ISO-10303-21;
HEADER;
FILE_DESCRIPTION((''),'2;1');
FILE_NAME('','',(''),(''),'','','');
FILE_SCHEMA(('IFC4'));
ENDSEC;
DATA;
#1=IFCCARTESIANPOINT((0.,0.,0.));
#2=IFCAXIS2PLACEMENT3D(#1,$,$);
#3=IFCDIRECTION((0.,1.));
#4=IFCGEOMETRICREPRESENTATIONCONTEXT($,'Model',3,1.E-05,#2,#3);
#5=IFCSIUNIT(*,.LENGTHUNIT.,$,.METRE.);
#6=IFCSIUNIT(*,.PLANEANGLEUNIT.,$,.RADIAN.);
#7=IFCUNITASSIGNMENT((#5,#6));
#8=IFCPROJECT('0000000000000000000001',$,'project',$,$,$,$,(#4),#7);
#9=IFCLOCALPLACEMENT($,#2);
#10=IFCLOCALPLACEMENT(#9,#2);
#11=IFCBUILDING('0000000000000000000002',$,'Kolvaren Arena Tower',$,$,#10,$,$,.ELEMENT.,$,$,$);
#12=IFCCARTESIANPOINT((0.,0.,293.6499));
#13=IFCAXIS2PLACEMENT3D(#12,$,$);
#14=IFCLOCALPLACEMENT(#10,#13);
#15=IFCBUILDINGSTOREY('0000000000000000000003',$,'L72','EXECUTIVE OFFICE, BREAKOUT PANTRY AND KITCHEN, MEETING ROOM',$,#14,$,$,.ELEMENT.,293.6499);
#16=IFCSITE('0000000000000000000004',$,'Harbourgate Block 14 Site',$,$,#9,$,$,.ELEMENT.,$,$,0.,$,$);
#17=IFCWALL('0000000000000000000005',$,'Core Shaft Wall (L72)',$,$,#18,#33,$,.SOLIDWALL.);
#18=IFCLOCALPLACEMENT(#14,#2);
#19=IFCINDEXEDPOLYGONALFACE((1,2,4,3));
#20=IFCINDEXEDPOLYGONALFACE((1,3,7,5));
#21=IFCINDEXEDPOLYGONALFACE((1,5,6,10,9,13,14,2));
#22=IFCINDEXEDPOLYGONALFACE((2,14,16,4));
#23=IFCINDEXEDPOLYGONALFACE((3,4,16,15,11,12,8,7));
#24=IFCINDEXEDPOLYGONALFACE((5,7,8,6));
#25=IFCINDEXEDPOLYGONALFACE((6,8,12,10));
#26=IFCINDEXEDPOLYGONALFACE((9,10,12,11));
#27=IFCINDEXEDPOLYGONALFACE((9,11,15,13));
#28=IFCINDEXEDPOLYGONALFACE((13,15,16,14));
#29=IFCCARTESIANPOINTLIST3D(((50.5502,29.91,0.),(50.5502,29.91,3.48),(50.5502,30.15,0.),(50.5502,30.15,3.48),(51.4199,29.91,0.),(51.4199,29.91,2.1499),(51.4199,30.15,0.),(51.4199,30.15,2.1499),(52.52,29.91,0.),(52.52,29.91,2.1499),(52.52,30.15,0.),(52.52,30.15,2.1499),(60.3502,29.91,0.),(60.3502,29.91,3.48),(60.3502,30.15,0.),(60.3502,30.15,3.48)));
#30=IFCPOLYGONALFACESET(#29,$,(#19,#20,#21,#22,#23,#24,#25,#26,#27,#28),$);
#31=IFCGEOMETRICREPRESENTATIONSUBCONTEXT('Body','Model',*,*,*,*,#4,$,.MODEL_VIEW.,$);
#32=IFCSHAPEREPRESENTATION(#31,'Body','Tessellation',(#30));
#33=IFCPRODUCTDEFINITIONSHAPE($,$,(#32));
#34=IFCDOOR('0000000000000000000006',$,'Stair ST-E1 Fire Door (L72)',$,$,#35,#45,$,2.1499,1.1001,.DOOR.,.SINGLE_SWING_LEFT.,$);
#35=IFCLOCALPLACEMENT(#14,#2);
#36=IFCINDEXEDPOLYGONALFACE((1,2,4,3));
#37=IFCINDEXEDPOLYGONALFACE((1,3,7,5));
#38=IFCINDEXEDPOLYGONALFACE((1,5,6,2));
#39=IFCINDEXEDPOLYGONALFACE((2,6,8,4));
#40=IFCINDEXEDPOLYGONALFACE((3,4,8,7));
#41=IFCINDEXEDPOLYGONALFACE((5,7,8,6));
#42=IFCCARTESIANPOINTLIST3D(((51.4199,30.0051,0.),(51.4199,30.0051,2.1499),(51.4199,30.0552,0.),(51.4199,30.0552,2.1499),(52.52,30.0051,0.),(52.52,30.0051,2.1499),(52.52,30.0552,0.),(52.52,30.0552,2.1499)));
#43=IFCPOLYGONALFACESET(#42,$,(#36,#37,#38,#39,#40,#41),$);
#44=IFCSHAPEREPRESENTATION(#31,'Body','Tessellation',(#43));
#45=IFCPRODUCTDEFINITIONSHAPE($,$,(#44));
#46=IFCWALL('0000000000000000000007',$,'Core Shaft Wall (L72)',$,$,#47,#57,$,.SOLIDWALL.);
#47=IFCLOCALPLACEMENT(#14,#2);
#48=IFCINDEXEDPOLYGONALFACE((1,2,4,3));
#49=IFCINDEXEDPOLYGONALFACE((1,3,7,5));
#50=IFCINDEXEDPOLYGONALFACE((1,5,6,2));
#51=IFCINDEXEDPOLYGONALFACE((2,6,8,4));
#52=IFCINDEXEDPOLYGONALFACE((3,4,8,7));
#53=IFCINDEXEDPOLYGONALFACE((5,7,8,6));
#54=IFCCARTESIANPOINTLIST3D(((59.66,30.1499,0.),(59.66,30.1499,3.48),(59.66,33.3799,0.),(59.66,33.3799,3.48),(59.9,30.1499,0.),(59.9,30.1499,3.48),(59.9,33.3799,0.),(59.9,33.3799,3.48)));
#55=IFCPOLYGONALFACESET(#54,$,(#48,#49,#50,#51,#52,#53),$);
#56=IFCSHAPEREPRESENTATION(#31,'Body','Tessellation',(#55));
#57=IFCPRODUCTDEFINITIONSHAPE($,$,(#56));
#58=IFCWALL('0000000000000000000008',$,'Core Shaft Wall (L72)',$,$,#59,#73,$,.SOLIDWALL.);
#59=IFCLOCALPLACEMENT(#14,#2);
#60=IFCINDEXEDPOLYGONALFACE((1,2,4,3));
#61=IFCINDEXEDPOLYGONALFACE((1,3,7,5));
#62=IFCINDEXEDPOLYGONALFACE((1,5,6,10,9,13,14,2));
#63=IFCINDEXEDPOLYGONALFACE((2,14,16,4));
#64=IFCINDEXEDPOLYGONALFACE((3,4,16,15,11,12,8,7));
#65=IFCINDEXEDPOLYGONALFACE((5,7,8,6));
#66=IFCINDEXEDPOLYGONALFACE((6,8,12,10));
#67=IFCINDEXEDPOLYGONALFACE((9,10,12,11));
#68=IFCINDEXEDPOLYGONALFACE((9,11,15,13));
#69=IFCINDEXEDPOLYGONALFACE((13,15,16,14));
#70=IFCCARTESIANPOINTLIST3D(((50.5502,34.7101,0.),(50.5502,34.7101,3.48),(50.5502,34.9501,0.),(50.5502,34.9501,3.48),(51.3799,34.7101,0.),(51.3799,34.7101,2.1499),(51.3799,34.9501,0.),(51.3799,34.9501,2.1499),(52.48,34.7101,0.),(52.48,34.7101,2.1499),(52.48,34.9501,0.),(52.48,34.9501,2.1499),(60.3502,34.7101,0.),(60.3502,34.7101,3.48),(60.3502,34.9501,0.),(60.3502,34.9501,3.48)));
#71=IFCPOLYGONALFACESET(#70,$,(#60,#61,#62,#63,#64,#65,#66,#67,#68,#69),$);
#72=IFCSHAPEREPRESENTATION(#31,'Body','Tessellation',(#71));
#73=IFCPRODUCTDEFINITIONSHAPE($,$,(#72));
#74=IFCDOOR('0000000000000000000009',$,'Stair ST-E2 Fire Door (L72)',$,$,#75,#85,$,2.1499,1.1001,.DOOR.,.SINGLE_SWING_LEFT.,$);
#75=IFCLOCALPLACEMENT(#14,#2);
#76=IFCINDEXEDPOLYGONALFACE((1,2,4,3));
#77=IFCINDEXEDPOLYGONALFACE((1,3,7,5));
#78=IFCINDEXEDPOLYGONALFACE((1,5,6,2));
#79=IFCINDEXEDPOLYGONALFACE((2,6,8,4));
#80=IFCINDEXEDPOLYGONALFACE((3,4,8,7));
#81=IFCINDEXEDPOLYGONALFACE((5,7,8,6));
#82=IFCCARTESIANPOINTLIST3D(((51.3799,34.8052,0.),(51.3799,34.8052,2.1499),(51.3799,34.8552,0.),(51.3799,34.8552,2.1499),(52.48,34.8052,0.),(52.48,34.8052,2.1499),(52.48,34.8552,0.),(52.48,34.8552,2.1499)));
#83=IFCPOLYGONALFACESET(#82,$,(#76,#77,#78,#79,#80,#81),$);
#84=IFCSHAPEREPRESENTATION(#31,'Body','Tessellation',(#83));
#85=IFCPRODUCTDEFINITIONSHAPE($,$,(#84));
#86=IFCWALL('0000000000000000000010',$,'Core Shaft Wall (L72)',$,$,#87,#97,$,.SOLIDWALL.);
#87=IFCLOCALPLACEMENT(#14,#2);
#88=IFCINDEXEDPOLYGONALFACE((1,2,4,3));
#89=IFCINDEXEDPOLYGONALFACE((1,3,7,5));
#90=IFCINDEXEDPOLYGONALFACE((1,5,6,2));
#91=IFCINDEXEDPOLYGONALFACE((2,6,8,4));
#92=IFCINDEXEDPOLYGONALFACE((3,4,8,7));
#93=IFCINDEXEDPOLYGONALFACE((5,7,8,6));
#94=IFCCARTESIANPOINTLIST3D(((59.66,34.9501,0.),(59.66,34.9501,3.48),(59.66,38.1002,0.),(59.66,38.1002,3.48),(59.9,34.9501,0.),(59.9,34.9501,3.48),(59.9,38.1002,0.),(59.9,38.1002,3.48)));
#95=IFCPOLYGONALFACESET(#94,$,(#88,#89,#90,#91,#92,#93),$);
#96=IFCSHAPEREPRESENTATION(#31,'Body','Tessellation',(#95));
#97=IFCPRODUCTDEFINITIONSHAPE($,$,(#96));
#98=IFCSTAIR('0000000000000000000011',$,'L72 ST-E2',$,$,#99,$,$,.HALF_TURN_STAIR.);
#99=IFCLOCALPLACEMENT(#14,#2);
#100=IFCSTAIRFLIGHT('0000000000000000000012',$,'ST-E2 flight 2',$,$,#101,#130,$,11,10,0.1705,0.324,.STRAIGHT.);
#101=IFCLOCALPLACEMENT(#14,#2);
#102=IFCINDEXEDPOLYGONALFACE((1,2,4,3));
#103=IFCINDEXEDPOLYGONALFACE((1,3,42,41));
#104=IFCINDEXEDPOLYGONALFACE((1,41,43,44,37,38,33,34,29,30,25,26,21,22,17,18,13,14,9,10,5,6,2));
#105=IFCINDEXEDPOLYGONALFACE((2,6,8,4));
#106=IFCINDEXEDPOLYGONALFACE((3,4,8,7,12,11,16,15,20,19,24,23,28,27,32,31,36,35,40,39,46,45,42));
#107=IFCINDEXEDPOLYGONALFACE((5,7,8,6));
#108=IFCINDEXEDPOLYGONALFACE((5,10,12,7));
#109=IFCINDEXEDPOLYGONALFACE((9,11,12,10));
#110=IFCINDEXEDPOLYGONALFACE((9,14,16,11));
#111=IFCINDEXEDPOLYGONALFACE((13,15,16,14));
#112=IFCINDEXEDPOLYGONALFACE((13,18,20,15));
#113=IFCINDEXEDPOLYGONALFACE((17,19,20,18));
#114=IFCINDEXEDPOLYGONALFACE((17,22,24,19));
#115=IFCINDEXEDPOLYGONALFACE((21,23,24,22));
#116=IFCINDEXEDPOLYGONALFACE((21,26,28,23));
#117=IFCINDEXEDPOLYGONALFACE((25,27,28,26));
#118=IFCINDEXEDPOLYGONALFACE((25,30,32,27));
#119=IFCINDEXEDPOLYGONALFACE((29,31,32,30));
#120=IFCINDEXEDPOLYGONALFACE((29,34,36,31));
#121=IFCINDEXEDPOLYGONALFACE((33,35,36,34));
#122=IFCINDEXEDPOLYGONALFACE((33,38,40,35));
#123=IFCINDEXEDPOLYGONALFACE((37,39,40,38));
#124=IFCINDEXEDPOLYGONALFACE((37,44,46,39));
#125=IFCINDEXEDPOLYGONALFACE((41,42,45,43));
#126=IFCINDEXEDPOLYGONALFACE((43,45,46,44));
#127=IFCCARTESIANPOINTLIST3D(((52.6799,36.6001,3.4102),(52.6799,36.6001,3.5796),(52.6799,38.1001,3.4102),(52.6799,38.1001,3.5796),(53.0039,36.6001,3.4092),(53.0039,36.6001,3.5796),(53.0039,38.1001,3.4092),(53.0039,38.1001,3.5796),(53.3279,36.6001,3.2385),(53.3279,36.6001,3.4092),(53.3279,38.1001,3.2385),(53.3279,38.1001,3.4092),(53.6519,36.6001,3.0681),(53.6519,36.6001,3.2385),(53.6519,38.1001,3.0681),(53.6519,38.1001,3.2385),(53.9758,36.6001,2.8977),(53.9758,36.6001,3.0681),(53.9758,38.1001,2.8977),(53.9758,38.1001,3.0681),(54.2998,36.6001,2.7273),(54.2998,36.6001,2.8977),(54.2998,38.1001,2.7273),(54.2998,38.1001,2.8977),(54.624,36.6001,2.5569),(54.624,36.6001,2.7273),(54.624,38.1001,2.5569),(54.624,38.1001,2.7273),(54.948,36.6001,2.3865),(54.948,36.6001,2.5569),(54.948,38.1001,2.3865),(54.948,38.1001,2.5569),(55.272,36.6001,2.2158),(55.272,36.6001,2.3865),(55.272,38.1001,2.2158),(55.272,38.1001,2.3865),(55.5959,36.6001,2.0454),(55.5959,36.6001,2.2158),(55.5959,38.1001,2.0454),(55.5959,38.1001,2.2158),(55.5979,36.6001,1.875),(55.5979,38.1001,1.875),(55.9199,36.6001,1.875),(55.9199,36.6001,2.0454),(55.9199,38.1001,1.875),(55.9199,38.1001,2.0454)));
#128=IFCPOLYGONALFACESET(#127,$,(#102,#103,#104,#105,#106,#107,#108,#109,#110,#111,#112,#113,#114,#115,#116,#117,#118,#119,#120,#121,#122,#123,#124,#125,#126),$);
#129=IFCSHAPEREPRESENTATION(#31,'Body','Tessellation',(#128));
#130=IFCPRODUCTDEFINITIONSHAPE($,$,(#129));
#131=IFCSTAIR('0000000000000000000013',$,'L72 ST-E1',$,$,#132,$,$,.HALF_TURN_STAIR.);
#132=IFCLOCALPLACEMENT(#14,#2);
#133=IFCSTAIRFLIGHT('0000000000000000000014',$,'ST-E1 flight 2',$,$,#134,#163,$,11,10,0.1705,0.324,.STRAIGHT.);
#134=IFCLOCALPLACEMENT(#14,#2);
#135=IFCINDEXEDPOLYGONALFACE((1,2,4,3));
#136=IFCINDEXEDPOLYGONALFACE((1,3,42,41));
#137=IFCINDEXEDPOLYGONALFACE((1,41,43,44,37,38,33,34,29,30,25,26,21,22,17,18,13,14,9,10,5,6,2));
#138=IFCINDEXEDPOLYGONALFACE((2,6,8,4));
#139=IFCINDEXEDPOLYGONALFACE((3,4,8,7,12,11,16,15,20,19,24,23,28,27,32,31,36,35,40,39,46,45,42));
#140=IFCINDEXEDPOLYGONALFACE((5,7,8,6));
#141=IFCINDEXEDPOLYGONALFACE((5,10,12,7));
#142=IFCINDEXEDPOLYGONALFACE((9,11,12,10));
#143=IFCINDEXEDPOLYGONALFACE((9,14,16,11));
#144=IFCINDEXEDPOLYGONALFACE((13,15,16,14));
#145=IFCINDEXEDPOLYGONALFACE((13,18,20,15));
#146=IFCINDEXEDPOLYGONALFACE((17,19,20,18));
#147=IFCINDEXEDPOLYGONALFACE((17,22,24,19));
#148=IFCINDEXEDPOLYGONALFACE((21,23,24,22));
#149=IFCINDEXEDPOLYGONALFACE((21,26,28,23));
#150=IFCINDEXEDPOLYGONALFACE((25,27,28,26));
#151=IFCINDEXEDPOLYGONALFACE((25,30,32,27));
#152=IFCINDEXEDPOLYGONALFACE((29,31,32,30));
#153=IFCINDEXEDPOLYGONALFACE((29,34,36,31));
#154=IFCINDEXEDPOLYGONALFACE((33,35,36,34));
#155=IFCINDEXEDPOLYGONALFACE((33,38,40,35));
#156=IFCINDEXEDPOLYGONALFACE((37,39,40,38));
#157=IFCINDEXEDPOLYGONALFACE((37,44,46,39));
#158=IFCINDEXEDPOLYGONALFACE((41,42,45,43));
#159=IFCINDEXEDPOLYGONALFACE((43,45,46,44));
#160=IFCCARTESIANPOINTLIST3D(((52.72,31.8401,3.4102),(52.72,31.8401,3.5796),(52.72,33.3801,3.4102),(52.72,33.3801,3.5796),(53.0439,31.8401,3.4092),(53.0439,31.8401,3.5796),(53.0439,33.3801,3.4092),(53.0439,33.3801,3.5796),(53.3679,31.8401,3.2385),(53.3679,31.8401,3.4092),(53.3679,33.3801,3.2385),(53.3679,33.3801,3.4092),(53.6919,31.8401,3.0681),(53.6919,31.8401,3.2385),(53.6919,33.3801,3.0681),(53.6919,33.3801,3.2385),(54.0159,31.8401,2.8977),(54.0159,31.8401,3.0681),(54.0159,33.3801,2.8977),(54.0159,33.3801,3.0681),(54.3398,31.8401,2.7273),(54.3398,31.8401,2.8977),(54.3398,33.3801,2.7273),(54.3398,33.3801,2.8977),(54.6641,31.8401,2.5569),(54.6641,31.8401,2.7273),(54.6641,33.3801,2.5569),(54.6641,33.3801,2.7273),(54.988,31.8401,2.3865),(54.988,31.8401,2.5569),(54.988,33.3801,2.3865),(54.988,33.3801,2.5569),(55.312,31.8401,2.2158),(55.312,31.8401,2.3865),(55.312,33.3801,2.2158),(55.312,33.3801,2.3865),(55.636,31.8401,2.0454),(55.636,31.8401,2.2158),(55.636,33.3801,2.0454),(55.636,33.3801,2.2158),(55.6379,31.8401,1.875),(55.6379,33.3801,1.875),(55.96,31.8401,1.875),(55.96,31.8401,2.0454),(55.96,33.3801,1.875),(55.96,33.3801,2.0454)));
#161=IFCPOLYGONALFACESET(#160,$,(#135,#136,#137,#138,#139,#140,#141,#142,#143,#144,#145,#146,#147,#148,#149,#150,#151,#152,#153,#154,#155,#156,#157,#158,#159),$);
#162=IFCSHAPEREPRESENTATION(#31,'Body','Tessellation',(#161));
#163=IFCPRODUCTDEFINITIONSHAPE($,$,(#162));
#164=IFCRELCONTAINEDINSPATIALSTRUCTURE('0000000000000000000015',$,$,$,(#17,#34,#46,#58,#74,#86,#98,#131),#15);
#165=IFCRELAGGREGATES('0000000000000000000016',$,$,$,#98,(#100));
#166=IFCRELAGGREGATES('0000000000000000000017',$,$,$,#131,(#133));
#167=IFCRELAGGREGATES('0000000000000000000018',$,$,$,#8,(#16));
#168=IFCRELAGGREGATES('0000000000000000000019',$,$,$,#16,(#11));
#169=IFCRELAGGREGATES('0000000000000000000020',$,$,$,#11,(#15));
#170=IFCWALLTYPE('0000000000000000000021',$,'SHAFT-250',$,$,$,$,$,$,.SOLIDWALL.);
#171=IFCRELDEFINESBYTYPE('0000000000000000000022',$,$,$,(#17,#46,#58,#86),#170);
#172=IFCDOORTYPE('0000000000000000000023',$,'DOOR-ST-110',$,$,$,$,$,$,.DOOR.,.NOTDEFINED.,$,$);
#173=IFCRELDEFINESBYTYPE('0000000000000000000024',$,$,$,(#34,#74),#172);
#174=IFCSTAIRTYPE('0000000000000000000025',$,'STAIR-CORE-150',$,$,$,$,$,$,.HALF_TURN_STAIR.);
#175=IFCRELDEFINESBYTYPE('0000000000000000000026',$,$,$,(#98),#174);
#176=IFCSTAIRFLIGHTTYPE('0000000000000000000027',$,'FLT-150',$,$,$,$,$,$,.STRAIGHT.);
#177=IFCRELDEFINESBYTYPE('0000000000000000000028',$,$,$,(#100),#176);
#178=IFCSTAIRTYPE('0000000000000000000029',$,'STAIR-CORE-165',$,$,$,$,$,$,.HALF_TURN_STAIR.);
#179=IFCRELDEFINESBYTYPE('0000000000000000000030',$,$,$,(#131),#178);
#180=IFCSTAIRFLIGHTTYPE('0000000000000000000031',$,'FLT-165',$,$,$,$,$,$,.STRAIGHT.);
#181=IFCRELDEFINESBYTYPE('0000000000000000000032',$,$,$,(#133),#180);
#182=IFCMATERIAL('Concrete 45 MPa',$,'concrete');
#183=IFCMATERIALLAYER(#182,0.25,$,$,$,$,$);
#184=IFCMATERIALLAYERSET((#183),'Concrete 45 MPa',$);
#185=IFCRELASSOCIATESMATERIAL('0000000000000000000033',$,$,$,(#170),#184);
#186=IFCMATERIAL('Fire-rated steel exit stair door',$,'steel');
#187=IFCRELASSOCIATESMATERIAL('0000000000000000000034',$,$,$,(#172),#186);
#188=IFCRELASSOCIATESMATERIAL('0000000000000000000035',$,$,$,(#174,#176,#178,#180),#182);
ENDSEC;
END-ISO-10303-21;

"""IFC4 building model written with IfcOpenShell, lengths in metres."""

from ifc_helpers import new_model, si_unit, direction, frame, frame_2d, origin, place, context, subcontext, project, spatial, polyline, rectangle, outline, extrude, material, layer, layer_set, type_object, element, fill, aggregate, save


model = new_model("IFC4")

# Units and contexts
model_context = context("Model", 3, precision=1e-05, world=origin(), true_north=direction((0.0, 1.0)))
body_context = subcontext(model_context, "Body", "Model", "MODEL_VIEW")
ifc_project = project(units=[si_unit("LENGTHUNIT", "METRE"), si_unit("PLANEANGLEUNIT", "RADIAN")], contexts=[model_context])

# Site, building, storey
site_placement = place(None, origin())
site = spatial("IfcSite", under=ifc_project, at=site_placement, Name="Harbourgate Block 14 Site", CompositionType="ELEMENT", RefElevation=0.0)
building_placement = place(site_placement, origin())
building = spatial("IfcBuilding", under=site, at=building_placement, Name="Kolvaren Arena Tower", CompositionType="ELEMENT")
storey_placement = place(building_placement, frame((0.0, 0.0, 293.6499)))
storey = spatial("IfcBuildingStorey", under=building, at=storey_placement, Name="L72", Description="EXECUTIVE OFFICE, BREAKOUT PANTRY AND KITCHEN, MEETING ROOM", CompositionType="ELEMENT", Elevation=293.6499)

# Wall, opening, door
ifc_material_1 = material(Name="Concrete 45 MPa", Category="concrete")
ifc_layer = layer(ifc_material_1, 0.25)
ifc_layer_set = layer_set([ifc_layer], Name="Concrete 45 MPa")
wall_type = type_object("IfcWallType", Name="SHAFT-250", PredefinedType="SOLIDWALL", material=ifc_layer_set)
wall_1_placement = place(storey_placement, frame((60.3501, 30.03, 0.0), z_axis=(0.0, 0.0, 1.0), x_axis=(-1.0, 0.0, 0.0)))
wall_1 = element("IfcWall", 1, at=wall_1_placement, inside=storey, type_object=wall_type, Name="Core Shaft Wall (L72)", PredefinedType="SOLIDWALL", context=body_context, shape_type="SweptSolid", body=[
    extrude(rectangle(XDim=9.8, YDim=0.24, at=frame_2d((4.8999, 0.0))), origin(), (0.0, 0.0, 1.0), 3.48),
])
opening_1_placement = place(wall_1_placement, frame((7.8301, 0.0, 0.0)))
opening_1 = element("IfcOpeningElement", 2, at=opening_1_placement, cuts=wall_1, PredefinedType="OPENING", context=body_context, shape_type="SweptSolid", body=[
    extrude(rectangle(XDim=1.1001, YDim=2.1499, at=frame_2d((0.55, 1.075))), frame((0.0, 0.1299, 0.0), z_axis=(0.0, -1.0, 0.0), x_axis=(1.0, 0.0, 0.0)), (0.0, 0.0, 1.0), 0.26),
])
ifc_material_2 = material(Name="Fire-rated steel exit stair door", Category="steel")
door_type = type_object("IfcDoorType", Name="DOOR-ST-110", OperationType="NOTDEFINED", PredefinedType="DOOR", material=ifc_material_2)
door_1_placement = place(opening_1_placement, origin())
door_1 = element("IfcDoor", 3, at=door_1_placement, inside=storey, type_object=door_type, Name="Stair ST-E1 Fire Door (L72)", OperationType="SINGLE_SWING_LEFT", OverallHeight=2.1499, OverallWidth=1.1001, PredefinedType="DOOR", context=body_context, shape_type="SweptSolid", body=[
    extrude(rectangle(XDim=1.1001, YDim=2.1499, at=frame_2d((0.55, 1.075))), frame((0.0, 0.0249, 0.0), z_axis=(0.0, -1.0, 0.0), x_axis=(1.0, 0.0, 0.0)), (0.0, 0.0, 1.0), 0.05),
])
fill(opening_1, door_1)

# Wall
wall_2_placement = place(storey_placement, frame((59.78, 30.1499, 0.0), z_axis=(0.0, 0.0, 1.0), x_axis=(0.0, 1.0, 0.0)))
element("IfcWall", 4, at=wall_2_placement, inside=storey, type_object=wall_type, Name="Core Shaft Wall (L72)", PredefinedType="SOLIDWALL", context=body_context, shape_type="SweptSolid", body=[
    extrude(rectangle(XDim=3.23, YDim=0.24, at=frame_2d((1.615, 0.0))), origin(), (0.0, 0.0, 1.0), 3.48),
])

# Wall, opening, door
wall_3_placement = place(storey_placement, frame((60.3501, 34.8301, 0.0), z_axis=(0.0, 0.0, 1.0), x_axis=(-1.0, 0.0, 0.0)))
wall_3 = element("IfcWall", 5, at=wall_3_placement, inside=storey, type_object=wall_type, Name="Core Shaft Wall (L72)", PredefinedType="SOLIDWALL", context=body_context, shape_type="SweptSolid", body=[
    extrude(rectangle(XDim=9.8, YDim=0.24, at=frame_2d((4.8999, 0.0))), origin(), (0.0, 0.0, 1.0), 3.48),
])
opening_2_placement = place(wall_3_placement, frame((7.8701, 0.0, 0.0)))
opening_2 = element("IfcOpeningElement", 6, at=opening_2_placement, cuts=wall_3, PredefinedType="OPENING", context=body_context, shape_type="SweptSolid", body=[
    extrude(rectangle(XDim=1.1001, YDim=2.1499, at=frame_2d((0.55, 1.075))), frame((0.0, 0.1299, 0.0), z_axis=(0.0, -1.0, 0.0), x_axis=(1.0, 0.0, 0.0)), (0.0, 0.0, 1.0), 0.26),
])
door_2_placement = place(opening_2_placement, origin())
door_2 = element("IfcDoor", 7, at=door_2_placement, inside=storey, type_object=door_type, Name="Stair ST-E2 Fire Door (L72)", OperationType="SINGLE_SWING_LEFT", OverallHeight=2.1499, OverallWidth=1.1001, PredefinedType="DOOR", context=body_context, shape_type="SweptSolid", body=[
    extrude(rectangle(XDim=1.1001, YDim=2.1499, at=frame_2d((0.55, 1.075))), frame((0.0, 0.0249, 0.0), z_axis=(0.0, -1.0, 0.0), x_axis=(1.0, 0.0, 0.0)), (0.0, 0.0, 1.0), 0.05),
])
fill(opening_2, door_2)

# Wall
wall_4_placement = place(storey_placement, frame((59.78, 34.95, 0.0), z_axis=(0.0, 0.0, 1.0), x_axis=(0.0, 1.0, 0.0)))
element("IfcWall", 8, at=wall_4_placement, inside=storey, type_object=wall_type, Name="Core Shaft Wall (L72)", PredefinedType="SOLIDWALL", context=body_context, shape_type="SweptSolid", body=[
    extrude(rectangle(XDim=3.1501, YDim=0.24, at=frame_2d((1.5752, 0.0))), origin(), (0.0, 0.0, 1.0), 3.48),
])

# Stairs, stair flights
stair_type_1 = type_object("IfcStairType", Name="STAIR-CORE-150", PredefinedType="HALF_TURN_STAIR", material=ifc_material_1)
stair_1_placement = place(storey_placement, origin())
stair_1 = element("IfcStair", 9, at=stair_1_placement, inside=storey, type_object=stair_type_1, Name="L72 ST-E2", PredefinedType="HALF_TURN_STAIR")
stair_flight_type_1 = type_object("IfcStairFlightType", Name="FLT-150", PredefinedType="STRAIGHT", material=ifc_material_1)
stair_flight_1_placement = place(storey_placement, frame((55.9199, 37.3501, 1.875), z_axis=(0.0, 0.0, 1.0), x_axis=(-1.0, 0.0, 0.0)))
stair_flight_1 = element("IfcStairFlight", 10, at=stair_flight_1_placement, type_object=stair_flight_type_1, Name="ST-E2 flight 2", NumberOfRisers=11, NumberOfTreads=10, PredefinedType="STRAIGHT", RiserHeight=0.1705, TreadLength=0.324, context=body_context, shape_type="SweptSolid", body=[
    extrude(outline(polyline([(0.0, 0.0), (0.0, 0.1704), (0.324, 0.1704), (0.324, 0.3408), (0.6479, 0.3408), (0.6479, 0.5115), (0.9719, 0.5115), (0.9719, 0.6819), (1.2959, 0.6819), (1.2959, 0.8523), (1.6201, 0.8523), (1.6201, 1.0227), (1.9441, 1.0227), (1.9441, 1.1931), (2.2681, 1.1931), (2.2681, 1.3635), (2.592, 1.3635), (2.592, 1.5342), (2.916, 1.5342), (2.916, 1.7046), (3.24, 1.7046), (3.24, 1.875), (3.24, 1.5352), (0.322, 0.0), (0.0, 0.0)])), frame((0.0, 0.75, 0.0), z_axis=(0.0, -1.0, 0.0), x_axis=(1.0, 0.0, 0.0)), (0.0, 0.0, 1.0), 1.5),
])
aggregate(stair_1, [stair_flight_1])
stair_type_2 = type_object("IfcStairType", Name="STAIR-CORE-165", PredefinedType="HALF_TURN_STAIR", material=ifc_material_1)
stair_2_placement = place(storey_placement, origin())
stair_2 = element("IfcStair", 11, at=stair_2_placement, inside=storey, type_object=stair_type_2, Name="L72 ST-E1", PredefinedType="HALF_TURN_STAIR")
stair_flight_type_2 = type_object("IfcStairFlightType", Name="FLT-165", PredefinedType="STRAIGHT", material=ifc_material_1)
stair_flight_2_placement = place(storey_placement, frame((55.96, 32.6101, 1.875), z_axis=(0.0, 0.0, 1.0), x_axis=(-1.0, 0.0, 0.0)))
stair_flight_2 = element("IfcStairFlight", 12, at=stair_flight_2_placement, type_object=stair_flight_type_2, Name="ST-E1 flight 2", NumberOfRisers=11, NumberOfTreads=10, PredefinedType="STRAIGHT", RiserHeight=0.1705, TreadLength=0.324, context=body_context, shape_type="SweptSolid", body=[
    extrude(outline(polyline([(0.0, 0.0), (0.0, 0.1704), (0.324, 0.1704), (0.324, 0.3408), (0.6479, 0.3408), (0.6479, 0.5115), (0.9719, 0.5115), (0.9719, 0.6819), (1.2959, 0.6819), (1.2959, 0.8523), (1.6201, 0.8523), (1.6201, 1.0227), (1.9441, 1.0227), (1.9441, 1.1931), (2.2681, 1.1931), (2.2681, 1.3635), (2.592, 1.3635), (2.592, 1.5342), (2.916, 1.5342), (2.916, 1.7046), (3.24, 1.7046), (3.24, 1.875), (3.24, 1.5352), (0.322, 0.0), (0.0, 0.0)])), frame((0.0, 0.77, 0.0), z_axis=(0.0, -1.0, 0.0), x_axis=(1.0, 0.0, 0.0)), (0.0, 0.0, 1.0), 1.54),
])
aggregate(stair_2, [stair_flight_2])

save(model, "model.ifc")
